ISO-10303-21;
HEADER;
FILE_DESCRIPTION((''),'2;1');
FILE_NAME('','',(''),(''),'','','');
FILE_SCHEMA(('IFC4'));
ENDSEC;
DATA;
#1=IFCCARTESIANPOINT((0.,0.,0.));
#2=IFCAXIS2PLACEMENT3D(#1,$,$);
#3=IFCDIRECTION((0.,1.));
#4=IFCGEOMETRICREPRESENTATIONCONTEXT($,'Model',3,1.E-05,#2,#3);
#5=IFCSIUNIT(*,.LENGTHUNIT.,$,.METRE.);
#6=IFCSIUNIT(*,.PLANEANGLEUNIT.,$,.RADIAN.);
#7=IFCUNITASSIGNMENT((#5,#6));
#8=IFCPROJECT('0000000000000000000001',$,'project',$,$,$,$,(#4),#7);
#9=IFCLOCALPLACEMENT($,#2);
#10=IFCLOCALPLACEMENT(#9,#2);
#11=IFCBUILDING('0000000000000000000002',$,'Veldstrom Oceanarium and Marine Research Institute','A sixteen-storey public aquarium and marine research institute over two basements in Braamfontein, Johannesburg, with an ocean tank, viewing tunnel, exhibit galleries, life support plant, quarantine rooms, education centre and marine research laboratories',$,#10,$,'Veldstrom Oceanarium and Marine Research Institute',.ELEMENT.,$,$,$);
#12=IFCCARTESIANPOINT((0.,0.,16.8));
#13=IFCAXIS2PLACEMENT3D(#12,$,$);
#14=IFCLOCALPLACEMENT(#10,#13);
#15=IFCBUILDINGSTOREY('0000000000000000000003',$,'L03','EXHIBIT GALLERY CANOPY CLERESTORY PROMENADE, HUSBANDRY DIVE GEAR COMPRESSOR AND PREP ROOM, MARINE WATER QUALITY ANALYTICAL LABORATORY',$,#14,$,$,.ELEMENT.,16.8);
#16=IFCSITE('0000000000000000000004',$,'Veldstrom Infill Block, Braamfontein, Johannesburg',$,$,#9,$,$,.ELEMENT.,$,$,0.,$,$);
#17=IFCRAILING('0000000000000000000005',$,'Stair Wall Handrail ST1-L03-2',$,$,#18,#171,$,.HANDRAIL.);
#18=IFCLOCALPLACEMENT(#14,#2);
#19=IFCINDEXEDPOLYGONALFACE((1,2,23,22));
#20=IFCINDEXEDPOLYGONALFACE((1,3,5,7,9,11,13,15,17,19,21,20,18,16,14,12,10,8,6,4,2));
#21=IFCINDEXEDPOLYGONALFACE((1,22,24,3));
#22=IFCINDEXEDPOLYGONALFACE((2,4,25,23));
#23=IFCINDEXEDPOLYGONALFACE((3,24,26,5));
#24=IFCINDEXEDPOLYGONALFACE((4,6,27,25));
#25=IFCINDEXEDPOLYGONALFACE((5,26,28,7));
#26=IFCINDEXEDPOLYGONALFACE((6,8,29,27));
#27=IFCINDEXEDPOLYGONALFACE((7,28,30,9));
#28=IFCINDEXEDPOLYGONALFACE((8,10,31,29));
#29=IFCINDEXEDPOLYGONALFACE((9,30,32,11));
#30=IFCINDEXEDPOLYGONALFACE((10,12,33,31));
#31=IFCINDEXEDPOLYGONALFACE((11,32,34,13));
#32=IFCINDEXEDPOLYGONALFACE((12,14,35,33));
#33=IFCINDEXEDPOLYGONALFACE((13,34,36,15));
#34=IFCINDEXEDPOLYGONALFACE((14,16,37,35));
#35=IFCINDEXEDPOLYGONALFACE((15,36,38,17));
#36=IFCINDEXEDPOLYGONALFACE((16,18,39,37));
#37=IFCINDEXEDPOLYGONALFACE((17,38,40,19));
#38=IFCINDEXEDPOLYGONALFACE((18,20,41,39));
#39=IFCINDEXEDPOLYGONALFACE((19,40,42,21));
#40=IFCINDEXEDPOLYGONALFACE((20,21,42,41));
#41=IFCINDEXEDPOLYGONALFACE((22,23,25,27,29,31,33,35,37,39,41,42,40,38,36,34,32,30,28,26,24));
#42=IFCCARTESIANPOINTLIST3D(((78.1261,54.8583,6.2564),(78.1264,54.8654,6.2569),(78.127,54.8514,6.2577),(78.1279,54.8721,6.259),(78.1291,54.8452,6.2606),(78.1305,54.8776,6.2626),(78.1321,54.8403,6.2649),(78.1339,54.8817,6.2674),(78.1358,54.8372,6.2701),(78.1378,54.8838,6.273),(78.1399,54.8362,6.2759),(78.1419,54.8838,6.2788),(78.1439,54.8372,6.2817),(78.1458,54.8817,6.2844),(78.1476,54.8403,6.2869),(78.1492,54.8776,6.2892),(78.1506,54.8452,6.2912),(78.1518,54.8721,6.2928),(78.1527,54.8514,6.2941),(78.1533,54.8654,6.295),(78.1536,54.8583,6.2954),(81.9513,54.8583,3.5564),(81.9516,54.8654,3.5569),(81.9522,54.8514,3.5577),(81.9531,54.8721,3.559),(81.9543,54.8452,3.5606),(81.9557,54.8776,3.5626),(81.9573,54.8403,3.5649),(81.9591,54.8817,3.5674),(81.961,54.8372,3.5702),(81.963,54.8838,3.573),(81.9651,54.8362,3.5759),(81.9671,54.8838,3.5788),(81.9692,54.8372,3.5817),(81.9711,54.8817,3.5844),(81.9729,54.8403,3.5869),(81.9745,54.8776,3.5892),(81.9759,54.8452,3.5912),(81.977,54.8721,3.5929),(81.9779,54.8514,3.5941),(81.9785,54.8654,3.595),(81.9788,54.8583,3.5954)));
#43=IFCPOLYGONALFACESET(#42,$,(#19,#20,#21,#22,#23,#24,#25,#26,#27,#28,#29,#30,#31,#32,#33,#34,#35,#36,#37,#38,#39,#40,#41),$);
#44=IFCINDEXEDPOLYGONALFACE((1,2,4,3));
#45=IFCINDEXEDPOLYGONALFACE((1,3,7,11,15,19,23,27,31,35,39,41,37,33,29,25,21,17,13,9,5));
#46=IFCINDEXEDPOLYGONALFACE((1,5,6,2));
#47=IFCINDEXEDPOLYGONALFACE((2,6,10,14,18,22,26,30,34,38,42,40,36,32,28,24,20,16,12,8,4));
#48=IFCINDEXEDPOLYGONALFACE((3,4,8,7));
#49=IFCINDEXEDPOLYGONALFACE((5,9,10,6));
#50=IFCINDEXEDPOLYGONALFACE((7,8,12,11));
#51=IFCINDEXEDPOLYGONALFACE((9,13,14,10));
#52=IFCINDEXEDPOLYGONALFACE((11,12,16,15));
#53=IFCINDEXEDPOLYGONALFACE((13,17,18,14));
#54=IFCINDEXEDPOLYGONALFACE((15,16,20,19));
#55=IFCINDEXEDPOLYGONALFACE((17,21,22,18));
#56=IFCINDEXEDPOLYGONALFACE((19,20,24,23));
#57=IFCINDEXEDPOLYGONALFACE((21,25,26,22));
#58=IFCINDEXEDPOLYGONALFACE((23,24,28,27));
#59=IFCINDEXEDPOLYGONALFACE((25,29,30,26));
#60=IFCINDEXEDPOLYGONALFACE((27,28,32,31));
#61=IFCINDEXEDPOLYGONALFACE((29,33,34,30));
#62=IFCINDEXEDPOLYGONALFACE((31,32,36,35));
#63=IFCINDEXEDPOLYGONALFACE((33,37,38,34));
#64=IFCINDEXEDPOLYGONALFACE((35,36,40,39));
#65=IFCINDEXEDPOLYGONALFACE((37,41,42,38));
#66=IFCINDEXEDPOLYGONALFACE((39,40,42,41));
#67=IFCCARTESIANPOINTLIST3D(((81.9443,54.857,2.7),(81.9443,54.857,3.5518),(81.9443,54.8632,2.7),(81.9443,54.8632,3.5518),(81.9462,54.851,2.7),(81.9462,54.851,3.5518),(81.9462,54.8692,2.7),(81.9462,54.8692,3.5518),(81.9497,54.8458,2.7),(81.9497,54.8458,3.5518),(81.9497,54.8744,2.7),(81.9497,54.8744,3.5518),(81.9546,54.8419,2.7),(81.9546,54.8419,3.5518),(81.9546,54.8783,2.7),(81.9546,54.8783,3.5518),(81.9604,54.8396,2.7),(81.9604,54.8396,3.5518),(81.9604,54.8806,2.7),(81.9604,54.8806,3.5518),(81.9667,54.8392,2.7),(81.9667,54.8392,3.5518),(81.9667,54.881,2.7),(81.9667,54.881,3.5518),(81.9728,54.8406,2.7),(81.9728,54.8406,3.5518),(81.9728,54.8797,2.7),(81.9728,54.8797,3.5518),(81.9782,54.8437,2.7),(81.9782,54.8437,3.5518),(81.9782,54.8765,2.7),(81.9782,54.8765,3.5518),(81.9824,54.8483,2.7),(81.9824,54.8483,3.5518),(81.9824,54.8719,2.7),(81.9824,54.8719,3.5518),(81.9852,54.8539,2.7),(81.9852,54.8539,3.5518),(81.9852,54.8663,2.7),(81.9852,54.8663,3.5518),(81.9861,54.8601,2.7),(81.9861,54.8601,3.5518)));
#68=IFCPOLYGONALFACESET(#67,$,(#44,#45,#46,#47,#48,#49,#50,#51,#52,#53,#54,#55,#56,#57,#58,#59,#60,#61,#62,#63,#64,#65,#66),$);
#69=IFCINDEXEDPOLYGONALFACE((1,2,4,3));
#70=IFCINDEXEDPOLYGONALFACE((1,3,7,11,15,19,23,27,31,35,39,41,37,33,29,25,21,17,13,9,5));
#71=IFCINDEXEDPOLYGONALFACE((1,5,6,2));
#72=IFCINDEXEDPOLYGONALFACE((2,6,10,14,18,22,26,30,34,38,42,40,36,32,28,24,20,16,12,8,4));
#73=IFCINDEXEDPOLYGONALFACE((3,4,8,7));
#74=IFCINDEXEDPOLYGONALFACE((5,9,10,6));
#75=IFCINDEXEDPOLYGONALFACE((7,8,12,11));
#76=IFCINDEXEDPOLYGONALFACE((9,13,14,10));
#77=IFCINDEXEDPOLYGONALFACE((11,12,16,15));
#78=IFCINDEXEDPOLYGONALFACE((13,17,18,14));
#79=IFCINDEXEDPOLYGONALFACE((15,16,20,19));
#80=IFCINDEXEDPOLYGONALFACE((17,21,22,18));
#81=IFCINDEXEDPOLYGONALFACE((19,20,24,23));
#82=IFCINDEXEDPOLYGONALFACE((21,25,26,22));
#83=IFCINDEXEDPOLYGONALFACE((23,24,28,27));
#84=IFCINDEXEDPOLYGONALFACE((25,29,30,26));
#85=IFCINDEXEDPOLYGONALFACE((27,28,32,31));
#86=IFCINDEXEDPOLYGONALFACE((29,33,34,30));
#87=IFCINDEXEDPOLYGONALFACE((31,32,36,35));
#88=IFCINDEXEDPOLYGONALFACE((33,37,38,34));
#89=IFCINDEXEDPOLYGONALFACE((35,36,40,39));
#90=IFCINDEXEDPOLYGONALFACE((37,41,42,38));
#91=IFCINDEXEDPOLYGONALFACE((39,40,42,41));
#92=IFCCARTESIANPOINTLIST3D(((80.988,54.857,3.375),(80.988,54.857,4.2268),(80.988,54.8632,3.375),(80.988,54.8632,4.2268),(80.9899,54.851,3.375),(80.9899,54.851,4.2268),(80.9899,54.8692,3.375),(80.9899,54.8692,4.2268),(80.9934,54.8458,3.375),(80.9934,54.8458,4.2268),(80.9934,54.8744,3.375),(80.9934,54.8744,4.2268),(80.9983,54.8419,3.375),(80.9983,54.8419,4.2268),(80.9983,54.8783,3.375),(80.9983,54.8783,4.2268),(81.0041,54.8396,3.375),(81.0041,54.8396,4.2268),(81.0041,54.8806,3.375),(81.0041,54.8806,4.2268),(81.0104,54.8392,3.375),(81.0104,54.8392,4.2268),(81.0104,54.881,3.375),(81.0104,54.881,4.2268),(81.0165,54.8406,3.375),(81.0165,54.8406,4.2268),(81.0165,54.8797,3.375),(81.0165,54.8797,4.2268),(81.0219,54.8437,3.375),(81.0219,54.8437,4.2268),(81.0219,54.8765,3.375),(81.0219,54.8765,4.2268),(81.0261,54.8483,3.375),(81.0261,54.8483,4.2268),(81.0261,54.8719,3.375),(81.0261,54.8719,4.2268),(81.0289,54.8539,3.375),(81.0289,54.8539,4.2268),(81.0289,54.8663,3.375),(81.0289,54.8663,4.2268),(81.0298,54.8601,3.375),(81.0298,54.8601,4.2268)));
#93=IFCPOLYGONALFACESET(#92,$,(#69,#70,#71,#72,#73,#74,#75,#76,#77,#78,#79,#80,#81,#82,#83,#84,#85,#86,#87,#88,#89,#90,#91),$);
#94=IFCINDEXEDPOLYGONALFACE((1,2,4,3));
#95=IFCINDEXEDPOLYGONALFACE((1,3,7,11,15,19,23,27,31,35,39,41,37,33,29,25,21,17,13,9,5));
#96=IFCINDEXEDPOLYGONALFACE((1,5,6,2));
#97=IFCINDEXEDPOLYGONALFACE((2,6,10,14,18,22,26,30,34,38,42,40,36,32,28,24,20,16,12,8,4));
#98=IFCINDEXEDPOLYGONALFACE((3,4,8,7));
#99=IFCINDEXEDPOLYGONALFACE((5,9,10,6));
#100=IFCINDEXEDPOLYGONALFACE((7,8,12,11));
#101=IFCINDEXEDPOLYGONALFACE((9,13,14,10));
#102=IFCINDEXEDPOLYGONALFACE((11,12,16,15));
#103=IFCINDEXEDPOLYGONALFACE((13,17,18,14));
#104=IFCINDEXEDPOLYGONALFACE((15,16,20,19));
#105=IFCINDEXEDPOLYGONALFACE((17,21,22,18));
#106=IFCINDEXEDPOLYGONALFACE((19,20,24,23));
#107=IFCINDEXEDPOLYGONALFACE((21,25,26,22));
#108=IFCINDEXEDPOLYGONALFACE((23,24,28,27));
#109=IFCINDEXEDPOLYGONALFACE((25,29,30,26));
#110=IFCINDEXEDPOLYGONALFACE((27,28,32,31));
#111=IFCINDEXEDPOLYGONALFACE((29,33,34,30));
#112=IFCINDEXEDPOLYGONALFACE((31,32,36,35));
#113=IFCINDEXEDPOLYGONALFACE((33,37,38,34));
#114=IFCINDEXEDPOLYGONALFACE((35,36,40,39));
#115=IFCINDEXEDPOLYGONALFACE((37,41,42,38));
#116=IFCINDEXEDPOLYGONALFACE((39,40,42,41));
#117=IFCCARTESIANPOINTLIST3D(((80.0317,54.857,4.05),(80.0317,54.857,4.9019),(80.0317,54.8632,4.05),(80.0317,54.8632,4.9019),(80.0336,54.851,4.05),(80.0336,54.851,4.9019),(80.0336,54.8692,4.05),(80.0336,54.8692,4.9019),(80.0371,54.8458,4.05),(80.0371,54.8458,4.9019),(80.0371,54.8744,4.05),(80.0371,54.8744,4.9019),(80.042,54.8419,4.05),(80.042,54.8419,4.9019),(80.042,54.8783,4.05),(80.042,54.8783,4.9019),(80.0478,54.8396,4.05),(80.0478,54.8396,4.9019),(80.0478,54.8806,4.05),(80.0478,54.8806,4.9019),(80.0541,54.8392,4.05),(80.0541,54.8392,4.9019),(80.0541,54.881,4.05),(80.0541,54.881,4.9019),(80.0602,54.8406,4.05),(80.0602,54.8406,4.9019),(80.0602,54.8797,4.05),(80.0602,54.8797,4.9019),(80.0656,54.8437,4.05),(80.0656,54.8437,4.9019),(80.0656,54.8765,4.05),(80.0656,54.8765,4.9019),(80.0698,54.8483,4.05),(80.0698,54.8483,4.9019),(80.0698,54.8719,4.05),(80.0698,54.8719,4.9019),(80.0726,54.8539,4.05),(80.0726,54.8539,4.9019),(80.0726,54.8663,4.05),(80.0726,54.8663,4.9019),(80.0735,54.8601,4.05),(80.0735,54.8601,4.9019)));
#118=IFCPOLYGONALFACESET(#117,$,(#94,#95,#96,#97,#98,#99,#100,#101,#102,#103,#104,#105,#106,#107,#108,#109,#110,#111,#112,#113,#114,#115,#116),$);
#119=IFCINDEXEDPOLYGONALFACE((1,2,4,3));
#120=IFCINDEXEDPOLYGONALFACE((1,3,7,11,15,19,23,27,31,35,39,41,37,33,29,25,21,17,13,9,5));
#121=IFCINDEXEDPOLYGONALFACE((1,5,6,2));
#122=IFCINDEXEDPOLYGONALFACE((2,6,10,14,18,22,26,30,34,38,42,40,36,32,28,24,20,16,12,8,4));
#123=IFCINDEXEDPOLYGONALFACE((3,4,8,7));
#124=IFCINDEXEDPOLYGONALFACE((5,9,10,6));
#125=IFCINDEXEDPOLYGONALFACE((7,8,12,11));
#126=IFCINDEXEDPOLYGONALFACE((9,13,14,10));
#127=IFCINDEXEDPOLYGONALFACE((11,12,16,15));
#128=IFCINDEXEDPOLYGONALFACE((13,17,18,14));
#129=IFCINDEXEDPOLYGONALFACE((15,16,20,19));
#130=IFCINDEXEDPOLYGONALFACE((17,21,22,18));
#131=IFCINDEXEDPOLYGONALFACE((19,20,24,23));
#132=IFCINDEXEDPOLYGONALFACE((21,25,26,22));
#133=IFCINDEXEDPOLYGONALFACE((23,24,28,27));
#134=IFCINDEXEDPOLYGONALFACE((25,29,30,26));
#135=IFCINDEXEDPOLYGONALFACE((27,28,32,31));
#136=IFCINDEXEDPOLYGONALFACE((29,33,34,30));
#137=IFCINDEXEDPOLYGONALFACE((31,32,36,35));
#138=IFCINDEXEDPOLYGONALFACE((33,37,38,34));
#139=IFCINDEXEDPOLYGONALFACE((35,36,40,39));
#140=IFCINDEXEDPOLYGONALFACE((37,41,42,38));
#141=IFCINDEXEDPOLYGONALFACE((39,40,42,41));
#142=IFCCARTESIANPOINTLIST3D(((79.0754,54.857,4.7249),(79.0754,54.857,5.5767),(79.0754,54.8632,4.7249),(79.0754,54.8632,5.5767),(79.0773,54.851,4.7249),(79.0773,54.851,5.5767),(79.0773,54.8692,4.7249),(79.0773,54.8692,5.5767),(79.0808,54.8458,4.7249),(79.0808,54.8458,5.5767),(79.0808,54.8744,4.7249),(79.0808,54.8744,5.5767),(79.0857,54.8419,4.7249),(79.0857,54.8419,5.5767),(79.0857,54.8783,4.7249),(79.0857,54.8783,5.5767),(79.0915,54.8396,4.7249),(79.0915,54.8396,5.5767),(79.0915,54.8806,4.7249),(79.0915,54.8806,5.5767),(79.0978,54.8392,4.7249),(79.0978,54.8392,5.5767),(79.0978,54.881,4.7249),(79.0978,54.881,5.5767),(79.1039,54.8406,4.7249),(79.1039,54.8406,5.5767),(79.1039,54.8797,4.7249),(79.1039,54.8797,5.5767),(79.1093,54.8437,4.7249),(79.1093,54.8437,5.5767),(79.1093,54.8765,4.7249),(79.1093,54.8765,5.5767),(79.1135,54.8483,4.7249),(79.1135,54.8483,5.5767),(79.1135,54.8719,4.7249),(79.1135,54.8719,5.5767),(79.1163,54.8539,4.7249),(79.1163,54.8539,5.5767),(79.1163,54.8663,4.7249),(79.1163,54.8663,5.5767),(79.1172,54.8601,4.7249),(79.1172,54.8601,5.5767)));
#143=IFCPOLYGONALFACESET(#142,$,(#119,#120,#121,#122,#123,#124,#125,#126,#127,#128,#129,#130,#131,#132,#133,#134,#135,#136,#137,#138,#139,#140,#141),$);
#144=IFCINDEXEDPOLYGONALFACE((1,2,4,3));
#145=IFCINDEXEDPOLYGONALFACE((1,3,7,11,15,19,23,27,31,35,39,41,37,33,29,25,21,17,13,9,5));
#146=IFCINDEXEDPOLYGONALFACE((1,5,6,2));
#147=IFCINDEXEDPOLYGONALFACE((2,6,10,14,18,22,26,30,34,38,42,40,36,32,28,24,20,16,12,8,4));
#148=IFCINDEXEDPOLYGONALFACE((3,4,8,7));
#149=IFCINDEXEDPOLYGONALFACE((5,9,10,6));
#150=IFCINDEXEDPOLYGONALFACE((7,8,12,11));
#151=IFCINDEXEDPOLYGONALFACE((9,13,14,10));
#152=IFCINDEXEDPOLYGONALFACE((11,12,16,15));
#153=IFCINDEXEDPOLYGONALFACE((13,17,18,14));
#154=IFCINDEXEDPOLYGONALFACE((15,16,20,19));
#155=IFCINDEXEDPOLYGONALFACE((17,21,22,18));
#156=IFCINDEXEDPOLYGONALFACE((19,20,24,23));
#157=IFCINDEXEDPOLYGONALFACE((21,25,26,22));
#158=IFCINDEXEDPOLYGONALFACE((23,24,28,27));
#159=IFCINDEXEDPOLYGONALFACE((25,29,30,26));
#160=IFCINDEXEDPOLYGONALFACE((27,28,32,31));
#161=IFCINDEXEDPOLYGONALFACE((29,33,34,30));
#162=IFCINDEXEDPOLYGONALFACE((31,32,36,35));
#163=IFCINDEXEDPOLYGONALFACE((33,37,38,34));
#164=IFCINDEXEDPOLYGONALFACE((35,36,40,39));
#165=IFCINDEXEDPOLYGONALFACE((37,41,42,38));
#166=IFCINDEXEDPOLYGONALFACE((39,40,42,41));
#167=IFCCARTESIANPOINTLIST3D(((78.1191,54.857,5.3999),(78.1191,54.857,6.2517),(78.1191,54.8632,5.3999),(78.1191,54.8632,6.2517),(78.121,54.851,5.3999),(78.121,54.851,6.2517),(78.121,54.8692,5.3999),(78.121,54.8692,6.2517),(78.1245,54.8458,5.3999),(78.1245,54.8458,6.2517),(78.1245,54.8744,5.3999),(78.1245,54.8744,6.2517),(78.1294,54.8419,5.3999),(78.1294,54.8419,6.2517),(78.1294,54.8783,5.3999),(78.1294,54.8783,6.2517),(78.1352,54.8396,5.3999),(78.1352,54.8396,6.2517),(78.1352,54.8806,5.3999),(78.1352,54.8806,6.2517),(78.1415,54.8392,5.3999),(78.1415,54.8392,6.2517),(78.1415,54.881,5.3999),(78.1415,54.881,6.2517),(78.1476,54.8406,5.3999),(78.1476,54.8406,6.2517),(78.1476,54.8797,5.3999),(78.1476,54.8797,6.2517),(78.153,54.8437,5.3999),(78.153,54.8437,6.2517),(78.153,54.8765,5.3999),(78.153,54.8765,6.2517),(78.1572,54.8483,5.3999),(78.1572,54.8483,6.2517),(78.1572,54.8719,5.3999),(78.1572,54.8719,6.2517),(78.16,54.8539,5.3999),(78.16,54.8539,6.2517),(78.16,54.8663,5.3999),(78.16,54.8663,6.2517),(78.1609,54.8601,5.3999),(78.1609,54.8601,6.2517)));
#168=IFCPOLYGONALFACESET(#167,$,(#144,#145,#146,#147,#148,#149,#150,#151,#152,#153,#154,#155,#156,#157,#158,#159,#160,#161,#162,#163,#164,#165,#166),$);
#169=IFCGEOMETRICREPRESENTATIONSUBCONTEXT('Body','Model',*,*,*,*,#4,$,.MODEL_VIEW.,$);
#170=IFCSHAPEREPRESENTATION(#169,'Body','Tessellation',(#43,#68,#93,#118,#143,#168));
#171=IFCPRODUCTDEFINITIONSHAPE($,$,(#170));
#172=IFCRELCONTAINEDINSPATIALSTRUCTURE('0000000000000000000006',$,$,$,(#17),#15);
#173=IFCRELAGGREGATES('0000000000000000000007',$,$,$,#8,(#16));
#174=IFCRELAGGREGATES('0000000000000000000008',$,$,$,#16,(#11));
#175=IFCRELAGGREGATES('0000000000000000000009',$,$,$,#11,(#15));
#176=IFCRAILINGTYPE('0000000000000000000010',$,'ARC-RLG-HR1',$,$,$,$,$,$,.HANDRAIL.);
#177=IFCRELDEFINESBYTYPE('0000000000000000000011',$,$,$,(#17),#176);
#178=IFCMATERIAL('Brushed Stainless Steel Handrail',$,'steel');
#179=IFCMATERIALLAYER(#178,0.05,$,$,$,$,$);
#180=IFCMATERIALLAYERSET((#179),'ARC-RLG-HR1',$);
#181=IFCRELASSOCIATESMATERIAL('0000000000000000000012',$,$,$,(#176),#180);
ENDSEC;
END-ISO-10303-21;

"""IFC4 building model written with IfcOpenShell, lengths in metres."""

from ifc_helpers import new_model, si_unit, direction, frame, origin, origin_2d, place, context, subcontext, project, spatial, circle, extrude, material, layer, layer_set, type_object, element, save


model = new_model("IFC4")

# Units and contexts
model_context = context("Model", 3, precision=1e-05, world=origin(), true_north=direction((0.0, 1.0)))
body_context = subcontext(model_context, "Body", "Model", "MODEL_VIEW")
ifc_project = project(units=[si_unit("LENGTHUNIT", "METRE"), si_unit("PLANEANGLEUNIT", "RADIAN")], contexts=[model_context])

# Site, building, storey
site_placement = place(None, origin())
site = spatial("IfcSite", under=ifc_project, at=site_placement, Name="Veldstrom Infill Block, Braamfontein, Johannesburg", CompositionType="ELEMENT", RefElevation=0.0)
building_placement = place(site_placement, origin())
building = spatial("IfcBuilding", under=site, at=building_placement, Name="Veldstrom Oceanarium and Marine Research Institute", Description="A sixteen-storey public aquarium and marine research institute over two basements in Braamfontein, Johannesburg, with an ocean tank, viewing tunnel, exhibit galleries, life support plant, quarantine rooms, education centre and marine research laboratories", LongName="Veldstrom Oceanarium and Marine Research Institute", CompositionType="ELEMENT")
storey_placement = place(building_placement, frame((0.0, 0.0, 16.8)))
storey = spatial("IfcBuildingStorey", under=building, at=storey_placement, Name="L03", Description="EXHIBIT GALLERY CANOPY CLERESTORY PROMENADE, HUSBANDRY DIVE GEAR COMPRESSOR AND PREP ROOM, MARINE WATER QUALITY ANALYTICAL LABORATORY", CompositionType="ELEMENT", Elevation=16.8)

# Railing
ifc_material_1 = material(Name="Brushed Stainless Steel Handrail", Category="steel")
ifc_layer_1 = layer(ifc_material_1, 0.05)
ifc_layer_set_1 = layer_set([ifc_layer_1], Name="ARC-RLG-HR1")
railing_type_1 = type_object("IfcRailingType", Name="ARC-RLG-HR1", PredefinedType="HANDRAIL", material=ifc_layer_set_1)
railing_1_placement = place(storey_placement, frame((81.9651, 54.8601, 2.7)))
element("IfcRailing", 1, at=railing_1_placement, inside=storey, type_object=railing_type_1, Name="Stair Wall Handrail ST1-L03-2", PredefinedType="HANDRAIL", context=body_context, shape_type="SweptSolid", body=[
    extrude(circle(Radius=0.0239, at=origin_2d()), frame((0.0, 0.0, 0.876), z_axis=(-0.816987, 0.0, 0.576657), x_axis=(0.0, -1.0, 0.0)), (0.0, 0.0, 1.0), 4.6821),
    extrude(circle(Radius=0.021, at=origin_2d()), origin(), (0.0, 0.0, 1.0), 0.8518),
    extrude(circle(Radius=0.021, at=origin_2d()), frame((-0.9563, 0.0, 0.675)), (0.0, 0.0, 1.0), 0.8518),
    extrude(circle(Radius=0.021, at=origin_2d()), frame((-1.9126, 0.0, 1.3501)), (0.0, 0.0, 1.0), 0.8518),
    extrude(circle(Radius=0.021, at=origin_2d()), frame((-2.8689, 0.0, 2.0249)), (0.0, 0.0, 1.0), 0.8518),
    extrude(circle(Radius=0.021, at=origin_2d()), frame((-3.8252, 0.0, 2.7)), (0.0, 0.0, 1.0), 0.8518),
])

save(model, "model.ifc")
